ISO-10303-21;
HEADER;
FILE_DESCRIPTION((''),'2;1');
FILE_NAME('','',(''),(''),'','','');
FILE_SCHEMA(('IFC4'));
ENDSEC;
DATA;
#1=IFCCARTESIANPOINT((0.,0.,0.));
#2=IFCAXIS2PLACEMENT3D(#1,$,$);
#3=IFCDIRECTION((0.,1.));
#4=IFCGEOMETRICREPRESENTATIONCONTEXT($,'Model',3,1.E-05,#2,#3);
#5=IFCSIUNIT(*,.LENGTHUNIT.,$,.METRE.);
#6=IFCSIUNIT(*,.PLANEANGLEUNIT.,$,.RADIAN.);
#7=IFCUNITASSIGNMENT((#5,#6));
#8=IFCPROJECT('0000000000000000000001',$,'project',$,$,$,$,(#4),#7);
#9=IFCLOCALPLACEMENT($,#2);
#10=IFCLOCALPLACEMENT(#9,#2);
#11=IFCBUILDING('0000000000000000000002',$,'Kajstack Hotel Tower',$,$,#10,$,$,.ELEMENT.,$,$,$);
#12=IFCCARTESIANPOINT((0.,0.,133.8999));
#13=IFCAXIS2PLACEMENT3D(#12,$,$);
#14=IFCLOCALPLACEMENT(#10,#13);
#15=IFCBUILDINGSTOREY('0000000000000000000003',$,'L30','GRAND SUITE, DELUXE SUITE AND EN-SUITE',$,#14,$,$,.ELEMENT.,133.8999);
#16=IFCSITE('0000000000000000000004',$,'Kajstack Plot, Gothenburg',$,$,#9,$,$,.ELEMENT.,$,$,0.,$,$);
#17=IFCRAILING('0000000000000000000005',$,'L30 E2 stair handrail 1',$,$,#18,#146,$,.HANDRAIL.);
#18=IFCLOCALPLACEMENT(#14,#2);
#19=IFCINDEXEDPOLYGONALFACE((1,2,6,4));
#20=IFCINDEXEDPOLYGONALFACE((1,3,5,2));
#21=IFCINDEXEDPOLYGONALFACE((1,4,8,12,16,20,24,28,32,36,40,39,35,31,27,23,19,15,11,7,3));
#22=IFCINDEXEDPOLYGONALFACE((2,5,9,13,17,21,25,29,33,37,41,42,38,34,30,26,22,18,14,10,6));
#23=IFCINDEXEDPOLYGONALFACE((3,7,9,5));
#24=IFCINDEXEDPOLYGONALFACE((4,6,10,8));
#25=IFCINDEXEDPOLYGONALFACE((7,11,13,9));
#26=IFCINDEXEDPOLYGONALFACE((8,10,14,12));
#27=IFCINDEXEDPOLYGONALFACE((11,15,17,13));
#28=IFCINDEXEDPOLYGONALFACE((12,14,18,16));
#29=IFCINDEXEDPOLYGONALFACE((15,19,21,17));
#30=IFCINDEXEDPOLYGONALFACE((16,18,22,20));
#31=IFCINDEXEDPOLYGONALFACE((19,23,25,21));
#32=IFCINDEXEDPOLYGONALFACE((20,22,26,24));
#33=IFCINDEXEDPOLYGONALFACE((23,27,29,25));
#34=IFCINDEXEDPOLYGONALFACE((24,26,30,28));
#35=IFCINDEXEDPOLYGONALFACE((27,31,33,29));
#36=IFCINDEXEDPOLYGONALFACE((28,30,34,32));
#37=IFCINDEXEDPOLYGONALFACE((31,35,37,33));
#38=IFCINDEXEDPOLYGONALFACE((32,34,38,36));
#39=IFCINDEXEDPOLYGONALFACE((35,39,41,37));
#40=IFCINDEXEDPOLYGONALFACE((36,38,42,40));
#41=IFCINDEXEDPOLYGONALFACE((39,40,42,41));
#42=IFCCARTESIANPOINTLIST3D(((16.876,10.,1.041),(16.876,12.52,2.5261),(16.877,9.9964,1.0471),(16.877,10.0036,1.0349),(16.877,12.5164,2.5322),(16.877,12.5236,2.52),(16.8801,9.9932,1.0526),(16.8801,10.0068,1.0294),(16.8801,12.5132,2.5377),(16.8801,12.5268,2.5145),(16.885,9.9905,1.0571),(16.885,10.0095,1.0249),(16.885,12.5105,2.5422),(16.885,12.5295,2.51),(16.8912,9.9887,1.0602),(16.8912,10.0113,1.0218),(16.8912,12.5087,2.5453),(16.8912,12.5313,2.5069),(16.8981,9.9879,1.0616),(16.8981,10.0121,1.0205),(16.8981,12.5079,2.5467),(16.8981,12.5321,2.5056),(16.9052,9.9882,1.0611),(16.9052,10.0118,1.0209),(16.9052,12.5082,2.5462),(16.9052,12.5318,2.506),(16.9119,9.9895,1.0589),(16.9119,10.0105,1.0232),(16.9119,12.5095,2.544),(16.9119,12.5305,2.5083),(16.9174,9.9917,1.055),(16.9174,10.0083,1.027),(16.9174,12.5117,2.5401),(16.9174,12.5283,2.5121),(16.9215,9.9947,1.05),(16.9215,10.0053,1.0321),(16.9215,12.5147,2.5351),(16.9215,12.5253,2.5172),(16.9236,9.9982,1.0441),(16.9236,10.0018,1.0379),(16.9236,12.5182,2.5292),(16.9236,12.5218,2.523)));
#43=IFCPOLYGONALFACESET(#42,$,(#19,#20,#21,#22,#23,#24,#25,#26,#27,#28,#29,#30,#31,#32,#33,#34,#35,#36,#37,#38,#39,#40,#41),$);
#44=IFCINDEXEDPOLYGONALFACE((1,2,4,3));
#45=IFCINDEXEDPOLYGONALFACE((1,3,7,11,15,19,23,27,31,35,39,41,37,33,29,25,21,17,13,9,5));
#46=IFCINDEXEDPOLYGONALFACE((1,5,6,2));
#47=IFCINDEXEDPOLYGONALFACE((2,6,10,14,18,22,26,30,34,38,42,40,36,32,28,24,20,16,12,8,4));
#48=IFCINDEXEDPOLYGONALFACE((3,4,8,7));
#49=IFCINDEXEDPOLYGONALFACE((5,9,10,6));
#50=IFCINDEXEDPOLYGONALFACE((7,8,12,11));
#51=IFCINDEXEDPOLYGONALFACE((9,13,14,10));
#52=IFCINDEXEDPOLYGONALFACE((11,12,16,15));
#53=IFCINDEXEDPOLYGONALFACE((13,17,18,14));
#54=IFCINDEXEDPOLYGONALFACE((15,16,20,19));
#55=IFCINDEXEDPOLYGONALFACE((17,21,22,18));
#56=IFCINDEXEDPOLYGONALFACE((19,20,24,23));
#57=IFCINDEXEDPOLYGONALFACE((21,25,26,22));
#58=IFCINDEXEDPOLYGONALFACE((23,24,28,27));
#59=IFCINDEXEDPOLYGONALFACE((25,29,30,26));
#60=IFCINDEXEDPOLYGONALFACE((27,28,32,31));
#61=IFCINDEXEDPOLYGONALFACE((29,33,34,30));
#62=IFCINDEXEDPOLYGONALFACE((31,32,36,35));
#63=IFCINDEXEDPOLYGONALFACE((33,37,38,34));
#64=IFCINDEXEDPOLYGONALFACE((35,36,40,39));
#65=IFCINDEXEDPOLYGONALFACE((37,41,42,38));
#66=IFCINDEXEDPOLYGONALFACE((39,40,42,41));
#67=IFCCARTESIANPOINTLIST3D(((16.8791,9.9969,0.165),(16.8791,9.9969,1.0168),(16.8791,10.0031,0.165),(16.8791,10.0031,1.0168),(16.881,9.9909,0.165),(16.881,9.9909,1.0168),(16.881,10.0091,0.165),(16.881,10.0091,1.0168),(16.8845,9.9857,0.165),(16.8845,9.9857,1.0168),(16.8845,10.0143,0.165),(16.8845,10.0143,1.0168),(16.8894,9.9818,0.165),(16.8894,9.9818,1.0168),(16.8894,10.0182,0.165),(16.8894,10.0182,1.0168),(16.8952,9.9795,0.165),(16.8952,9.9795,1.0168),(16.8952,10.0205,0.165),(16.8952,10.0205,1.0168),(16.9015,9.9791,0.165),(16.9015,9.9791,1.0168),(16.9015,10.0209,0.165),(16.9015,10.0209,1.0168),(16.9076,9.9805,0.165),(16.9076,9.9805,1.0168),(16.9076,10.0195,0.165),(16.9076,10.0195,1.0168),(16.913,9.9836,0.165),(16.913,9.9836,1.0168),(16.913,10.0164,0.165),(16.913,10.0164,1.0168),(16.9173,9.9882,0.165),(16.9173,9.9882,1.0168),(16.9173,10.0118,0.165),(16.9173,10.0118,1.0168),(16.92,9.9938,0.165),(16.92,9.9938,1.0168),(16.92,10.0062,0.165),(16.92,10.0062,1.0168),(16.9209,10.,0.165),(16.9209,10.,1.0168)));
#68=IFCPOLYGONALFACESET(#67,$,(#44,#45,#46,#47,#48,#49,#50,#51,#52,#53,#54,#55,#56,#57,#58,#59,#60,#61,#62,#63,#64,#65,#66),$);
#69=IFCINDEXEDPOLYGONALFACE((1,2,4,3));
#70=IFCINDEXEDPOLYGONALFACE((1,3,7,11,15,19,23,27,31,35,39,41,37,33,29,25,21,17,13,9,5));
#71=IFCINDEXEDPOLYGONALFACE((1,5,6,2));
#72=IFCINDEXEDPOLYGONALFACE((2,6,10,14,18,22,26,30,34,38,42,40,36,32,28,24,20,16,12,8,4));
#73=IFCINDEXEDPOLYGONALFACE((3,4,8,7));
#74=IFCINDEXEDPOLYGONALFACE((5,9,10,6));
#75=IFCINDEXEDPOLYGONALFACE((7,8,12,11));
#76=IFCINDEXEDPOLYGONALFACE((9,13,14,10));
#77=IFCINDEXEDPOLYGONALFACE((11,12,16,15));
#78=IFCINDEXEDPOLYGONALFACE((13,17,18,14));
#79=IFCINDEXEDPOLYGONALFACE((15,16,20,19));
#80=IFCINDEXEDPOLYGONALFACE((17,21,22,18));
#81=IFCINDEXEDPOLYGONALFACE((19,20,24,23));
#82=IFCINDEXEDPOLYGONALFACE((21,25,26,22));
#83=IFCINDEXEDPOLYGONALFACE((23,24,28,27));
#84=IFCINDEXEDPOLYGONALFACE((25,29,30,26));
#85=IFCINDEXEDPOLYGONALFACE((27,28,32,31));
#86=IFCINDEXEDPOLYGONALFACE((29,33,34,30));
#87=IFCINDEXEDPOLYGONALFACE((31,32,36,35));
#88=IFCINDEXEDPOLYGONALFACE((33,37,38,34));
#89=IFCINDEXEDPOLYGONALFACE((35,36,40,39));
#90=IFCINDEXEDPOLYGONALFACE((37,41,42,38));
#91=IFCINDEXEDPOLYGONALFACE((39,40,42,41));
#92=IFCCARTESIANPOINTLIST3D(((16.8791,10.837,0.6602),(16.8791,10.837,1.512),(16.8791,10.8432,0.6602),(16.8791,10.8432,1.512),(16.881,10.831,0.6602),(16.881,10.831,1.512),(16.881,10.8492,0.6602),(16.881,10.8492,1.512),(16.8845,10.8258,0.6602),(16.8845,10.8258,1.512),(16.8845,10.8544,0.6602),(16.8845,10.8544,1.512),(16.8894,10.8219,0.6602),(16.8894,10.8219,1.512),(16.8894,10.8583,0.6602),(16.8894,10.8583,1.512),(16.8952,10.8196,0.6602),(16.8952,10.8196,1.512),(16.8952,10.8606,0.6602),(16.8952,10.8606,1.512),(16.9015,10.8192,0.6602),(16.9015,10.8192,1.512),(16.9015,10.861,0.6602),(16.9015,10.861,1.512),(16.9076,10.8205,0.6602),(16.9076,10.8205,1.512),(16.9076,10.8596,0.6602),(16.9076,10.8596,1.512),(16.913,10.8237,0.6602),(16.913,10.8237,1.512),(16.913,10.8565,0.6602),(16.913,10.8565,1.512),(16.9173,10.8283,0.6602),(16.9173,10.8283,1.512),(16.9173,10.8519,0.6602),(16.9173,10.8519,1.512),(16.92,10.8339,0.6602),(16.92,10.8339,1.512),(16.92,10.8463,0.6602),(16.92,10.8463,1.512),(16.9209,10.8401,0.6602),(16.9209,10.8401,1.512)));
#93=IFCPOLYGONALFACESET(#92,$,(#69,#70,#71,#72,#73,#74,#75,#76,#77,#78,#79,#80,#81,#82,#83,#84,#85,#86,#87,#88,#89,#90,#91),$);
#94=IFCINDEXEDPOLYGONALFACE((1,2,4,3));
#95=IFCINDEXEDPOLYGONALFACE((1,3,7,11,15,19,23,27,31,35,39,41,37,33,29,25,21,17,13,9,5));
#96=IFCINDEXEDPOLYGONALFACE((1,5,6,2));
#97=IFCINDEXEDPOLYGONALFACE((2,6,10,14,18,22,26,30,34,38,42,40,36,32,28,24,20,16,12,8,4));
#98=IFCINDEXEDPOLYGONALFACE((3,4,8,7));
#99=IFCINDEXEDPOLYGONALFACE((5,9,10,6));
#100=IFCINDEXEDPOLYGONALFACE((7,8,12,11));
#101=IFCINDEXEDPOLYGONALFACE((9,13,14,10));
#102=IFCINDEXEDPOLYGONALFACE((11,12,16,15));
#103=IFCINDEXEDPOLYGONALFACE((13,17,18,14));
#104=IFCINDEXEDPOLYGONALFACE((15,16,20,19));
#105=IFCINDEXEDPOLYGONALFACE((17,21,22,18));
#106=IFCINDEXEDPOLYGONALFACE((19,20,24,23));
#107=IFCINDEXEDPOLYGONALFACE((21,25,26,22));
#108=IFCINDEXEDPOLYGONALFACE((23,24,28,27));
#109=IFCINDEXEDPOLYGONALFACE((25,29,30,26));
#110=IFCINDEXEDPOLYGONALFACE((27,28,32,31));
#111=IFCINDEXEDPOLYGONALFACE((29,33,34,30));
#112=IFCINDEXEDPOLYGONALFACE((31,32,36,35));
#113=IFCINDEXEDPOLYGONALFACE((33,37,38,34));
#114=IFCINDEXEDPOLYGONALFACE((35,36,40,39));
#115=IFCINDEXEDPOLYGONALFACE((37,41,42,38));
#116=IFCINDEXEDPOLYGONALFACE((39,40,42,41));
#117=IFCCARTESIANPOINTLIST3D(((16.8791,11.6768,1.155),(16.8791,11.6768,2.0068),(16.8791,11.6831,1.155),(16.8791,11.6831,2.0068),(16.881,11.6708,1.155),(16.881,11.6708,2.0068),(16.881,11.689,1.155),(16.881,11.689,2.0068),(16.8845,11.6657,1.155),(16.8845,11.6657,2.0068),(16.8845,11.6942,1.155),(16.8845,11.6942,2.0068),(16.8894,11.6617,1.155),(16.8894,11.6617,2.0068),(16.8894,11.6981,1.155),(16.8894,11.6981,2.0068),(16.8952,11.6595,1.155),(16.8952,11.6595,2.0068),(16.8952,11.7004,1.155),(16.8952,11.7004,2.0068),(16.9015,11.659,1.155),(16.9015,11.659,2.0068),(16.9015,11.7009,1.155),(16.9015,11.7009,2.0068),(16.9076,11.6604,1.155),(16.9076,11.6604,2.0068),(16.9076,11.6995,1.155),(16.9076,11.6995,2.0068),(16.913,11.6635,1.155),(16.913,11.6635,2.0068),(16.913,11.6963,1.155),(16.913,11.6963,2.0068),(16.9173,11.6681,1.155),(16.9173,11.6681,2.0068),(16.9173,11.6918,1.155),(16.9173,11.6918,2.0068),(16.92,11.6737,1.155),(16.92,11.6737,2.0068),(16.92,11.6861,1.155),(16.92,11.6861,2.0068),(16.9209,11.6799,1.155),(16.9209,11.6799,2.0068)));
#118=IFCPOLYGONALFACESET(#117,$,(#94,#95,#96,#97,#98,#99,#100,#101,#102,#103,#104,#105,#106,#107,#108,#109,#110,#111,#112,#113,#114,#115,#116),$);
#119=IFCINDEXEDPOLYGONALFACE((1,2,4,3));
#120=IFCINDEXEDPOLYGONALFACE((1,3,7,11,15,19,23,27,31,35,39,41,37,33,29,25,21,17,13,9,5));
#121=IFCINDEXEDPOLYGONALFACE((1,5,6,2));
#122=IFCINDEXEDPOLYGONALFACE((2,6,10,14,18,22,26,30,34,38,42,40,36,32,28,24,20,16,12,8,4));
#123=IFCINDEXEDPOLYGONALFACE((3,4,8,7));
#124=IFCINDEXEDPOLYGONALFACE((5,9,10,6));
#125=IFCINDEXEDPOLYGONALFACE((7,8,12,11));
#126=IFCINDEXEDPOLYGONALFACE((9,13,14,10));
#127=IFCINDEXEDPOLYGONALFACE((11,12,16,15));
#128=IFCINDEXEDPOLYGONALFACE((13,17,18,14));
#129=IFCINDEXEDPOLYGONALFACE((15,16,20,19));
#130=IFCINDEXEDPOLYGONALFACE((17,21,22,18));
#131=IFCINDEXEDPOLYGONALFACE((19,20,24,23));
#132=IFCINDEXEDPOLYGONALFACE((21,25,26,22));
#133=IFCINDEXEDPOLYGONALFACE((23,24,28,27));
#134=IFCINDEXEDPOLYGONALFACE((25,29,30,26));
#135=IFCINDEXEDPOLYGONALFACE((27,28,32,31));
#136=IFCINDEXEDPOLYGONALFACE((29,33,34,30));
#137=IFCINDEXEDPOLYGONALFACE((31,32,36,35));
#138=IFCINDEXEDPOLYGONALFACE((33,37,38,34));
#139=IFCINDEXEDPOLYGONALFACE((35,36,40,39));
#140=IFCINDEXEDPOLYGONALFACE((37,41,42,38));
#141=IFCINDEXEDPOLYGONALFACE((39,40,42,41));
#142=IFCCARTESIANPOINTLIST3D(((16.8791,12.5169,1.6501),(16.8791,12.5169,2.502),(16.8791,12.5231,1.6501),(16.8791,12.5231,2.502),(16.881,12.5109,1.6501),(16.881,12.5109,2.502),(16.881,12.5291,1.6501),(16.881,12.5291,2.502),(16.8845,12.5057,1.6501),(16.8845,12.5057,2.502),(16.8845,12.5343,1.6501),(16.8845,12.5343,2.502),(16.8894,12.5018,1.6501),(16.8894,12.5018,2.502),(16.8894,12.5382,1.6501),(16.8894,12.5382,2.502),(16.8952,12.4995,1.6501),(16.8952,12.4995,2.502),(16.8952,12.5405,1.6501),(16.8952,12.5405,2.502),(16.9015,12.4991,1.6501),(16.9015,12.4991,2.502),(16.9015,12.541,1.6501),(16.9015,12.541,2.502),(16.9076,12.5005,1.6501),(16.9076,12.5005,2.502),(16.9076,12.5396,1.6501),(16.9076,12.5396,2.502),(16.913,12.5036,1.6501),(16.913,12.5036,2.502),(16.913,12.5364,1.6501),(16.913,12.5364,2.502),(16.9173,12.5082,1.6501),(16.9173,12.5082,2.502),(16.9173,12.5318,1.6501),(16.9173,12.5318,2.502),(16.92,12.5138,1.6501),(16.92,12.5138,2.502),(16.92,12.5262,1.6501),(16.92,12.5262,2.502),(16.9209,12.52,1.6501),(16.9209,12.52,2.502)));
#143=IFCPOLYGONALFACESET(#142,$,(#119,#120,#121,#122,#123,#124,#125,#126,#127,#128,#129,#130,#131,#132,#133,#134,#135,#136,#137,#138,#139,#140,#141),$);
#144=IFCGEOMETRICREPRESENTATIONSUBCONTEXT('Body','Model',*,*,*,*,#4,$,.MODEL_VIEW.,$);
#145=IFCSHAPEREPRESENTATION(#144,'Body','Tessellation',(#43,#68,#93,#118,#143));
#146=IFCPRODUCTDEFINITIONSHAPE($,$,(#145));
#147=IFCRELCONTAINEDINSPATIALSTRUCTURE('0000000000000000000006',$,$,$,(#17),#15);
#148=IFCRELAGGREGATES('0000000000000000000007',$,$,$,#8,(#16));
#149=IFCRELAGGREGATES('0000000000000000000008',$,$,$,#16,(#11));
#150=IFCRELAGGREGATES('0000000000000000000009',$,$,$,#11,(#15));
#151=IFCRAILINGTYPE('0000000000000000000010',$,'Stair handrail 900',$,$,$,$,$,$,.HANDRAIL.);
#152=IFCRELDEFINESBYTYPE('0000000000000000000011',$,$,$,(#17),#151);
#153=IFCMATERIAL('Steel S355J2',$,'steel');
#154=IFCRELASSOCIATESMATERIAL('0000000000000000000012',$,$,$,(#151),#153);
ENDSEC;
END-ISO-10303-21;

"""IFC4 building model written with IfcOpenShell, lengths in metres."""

from ifc_helpers import new_model, si_unit, direction, frame, origin, origin_2d, place, context, subcontext, project, spatial, circle, extrude, material, type_object, element, save


model = new_model("IFC4")

# Units and contexts
model_context = context("Model", 3, precision=1e-05, world=origin(), true_north=direction((0.0, 1.0)))
body_context = subcontext(model_context, "Body", "Model", "MODEL_VIEW")
ifc_project = project(units=[si_unit("LENGTHUNIT", "METRE"), si_unit("PLANEANGLEUNIT", "RADIAN")], contexts=[model_context])

# Site, building, storey
site_placement = place(None, origin())
site = spatial("IfcSite", under=ifc_project, at=site_placement, Name="Kajstack Plot, Gothenburg", CompositionType="ELEMENT", RefElevation=0.0)
building_placement = place(site_placement, origin())
building = spatial("IfcBuilding", under=site, at=building_placement, Name="Kajstack Hotel Tower", CompositionType="ELEMENT")
storey_placement = place(building_placement, frame((0.0, 0.0, 133.8999)))
storey = spatial("IfcBuildingStorey", under=building, at=storey_placement, Name="L30", Description="GRAND SUITE, DELUXE SUITE AND EN-SUITE", CompositionType="ELEMENT", Elevation=133.8999)

# Railing
ifc_material_1 = material(Name="Steel S355J2", Category="steel")
railing_type_1 = type_object("IfcRailingType", Name="Stair handrail 900", PredefinedType="HANDRAIL", material=ifc_material_1)
railing_1_placement = place(storey_placement, frame((16.8999, 10.0, 0.165)))
element("IfcRailing", 1, at=railing_1_placement, inside=storey, type_object=railing_type_1, Name="L30 E2 stair handrail 1", PredefinedType="HANDRAIL", context=body_context, shape_type="SweptSolid", body=[
    extrude(circle(Radius=0.0239, at=origin_2d()), frame((0.0, 0.0, 0.876), z_axis=(0.0, 0.861524, 0.507717), x_axis=(-1.0, 0.0, 0.0)), (0.0, 0.0, 1.0), 2.925),
    extrude(circle(Radius=0.021, at=origin_2d()), origin(), (0.0, 0.0, 1.0), 0.8518),
    extrude(circle(Radius=0.021, at=origin_2d()), frame((0.0, 0.8401, 0.4951)), (0.0, 0.0, 1.0), 0.8518),
    extrude(circle(Radius=0.021, at=origin_2d()), frame((0.0, 1.6799, 0.99)), (0.0, 0.0, 1.0), 0.8518),
    extrude(circle(Radius=0.021, at=origin_2d()), frame((0.0, 2.52, 1.4851)), (0.0, 0.0, 1.0), 0.8518),
])

save(model, "model.ifc")
